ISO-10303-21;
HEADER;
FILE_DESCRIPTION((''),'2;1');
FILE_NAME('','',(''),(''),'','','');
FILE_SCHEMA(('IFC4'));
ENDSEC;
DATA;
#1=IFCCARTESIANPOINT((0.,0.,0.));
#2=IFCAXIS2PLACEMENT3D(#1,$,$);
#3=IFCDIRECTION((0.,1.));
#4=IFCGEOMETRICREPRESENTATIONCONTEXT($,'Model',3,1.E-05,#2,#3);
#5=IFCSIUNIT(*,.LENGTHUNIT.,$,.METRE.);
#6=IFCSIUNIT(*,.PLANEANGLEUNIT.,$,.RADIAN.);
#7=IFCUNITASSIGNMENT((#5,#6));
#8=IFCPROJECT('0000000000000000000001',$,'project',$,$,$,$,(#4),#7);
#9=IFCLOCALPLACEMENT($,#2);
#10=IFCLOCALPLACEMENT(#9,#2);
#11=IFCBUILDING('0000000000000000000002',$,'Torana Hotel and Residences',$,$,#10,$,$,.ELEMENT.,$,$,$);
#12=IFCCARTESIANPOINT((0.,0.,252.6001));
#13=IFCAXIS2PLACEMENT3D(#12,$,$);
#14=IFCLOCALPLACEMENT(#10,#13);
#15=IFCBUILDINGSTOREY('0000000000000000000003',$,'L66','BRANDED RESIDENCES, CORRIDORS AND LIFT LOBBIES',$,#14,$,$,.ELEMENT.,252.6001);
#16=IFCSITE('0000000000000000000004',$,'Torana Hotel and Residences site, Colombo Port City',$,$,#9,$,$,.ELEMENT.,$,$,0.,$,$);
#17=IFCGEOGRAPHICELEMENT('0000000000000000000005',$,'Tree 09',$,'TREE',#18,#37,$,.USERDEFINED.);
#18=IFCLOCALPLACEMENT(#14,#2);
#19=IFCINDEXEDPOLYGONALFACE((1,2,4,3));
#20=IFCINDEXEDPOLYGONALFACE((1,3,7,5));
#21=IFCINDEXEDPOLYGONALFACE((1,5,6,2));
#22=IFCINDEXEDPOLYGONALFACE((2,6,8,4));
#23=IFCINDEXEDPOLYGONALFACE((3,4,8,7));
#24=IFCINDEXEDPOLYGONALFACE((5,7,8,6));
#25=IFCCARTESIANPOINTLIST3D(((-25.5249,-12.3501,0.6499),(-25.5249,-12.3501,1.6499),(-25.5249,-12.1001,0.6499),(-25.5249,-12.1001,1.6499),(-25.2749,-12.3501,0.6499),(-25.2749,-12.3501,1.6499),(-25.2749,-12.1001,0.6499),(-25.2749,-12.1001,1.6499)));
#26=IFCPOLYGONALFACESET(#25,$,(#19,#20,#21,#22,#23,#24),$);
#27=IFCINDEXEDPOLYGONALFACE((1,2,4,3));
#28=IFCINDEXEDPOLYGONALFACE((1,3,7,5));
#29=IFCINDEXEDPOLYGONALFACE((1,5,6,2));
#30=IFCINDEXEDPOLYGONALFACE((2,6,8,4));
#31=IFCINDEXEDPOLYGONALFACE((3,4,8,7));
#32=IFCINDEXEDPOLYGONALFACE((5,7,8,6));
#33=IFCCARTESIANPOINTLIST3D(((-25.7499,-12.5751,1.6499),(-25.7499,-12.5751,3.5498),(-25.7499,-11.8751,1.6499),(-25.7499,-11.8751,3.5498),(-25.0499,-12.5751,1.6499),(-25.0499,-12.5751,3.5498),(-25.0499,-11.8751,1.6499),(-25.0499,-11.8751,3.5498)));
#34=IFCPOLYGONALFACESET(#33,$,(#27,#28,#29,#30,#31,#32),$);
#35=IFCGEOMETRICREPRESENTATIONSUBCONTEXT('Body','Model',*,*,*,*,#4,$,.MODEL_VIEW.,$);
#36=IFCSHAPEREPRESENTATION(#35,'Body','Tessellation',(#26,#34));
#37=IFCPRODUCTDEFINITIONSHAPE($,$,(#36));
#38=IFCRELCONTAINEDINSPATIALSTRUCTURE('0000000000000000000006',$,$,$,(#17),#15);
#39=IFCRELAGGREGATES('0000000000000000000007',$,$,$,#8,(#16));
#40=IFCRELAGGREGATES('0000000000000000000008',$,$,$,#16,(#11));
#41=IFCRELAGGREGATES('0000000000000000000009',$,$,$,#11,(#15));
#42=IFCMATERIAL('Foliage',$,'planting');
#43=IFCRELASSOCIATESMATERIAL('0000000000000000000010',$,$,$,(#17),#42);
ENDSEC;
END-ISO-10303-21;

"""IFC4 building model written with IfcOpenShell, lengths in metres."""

from ifc_helpers import new_model, si_unit, direction, frame, origin, origin_2d, place, context, subcontext, project, spatial, rectangle, extrude, material, element, save


model = new_model("IFC4")

# Units and contexts
model_context = context("Model", 3, precision=1e-05, world=origin(), true_north=direction((0.0, 1.0)))
body_context = subcontext(model_context, "Body", "Model", "MODEL_VIEW")
ifc_project = project(units=[si_unit("LENGTHUNIT", "METRE"), si_unit("PLANEANGLEUNIT", "RADIAN")], contexts=[model_context])

# Site, building, storey
site_placement = place(None, origin())
site = spatial("IfcSite", under=ifc_project, at=site_placement, Name="Torana Hotel and Residences site, Colombo Port City", CompositionType="ELEMENT", RefElevation=0.0)
building_placement = place(site_placement, origin())
building = spatial("IfcBuilding", under=site, at=building_placement, Name="Torana Hotel and Residences", CompositionType="ELEMENT")
storey_placement = place(building_placement, frame((0.0, 0.0, 252.6001)))
storey = spatial("IfcBuildingStorey", under=building, at=storey_placement, Name="L66", Description="BRANDED RESIDENCES, CORRIDORS AND LIFT LOBBIES", CompositionType="ELEMENT", Elevation=252.6001)

# Geographic element
ifc_material_1 = material(Name="Foliage", Category="planting")
geographic_element_placement = place(storey_placement, frame((-25.3999, -12.2251, 0.6499), z_axis=(0.0, 0.0, 1.0), x_axis=(1.0, 0.0, 0.0)))
element("IfcGeographicElement", 1, at=geographic_element_placement, inside=storey, material=ifc_material_1, Name="Tree 09", ObjectType="TREE", PredefinedType="USERDEFINED", context=body_context, shape_type="SweptSolid", body=[
    extrude(rectangle(XDim=0.25, YDim=0.25, at=origin_2d()), origin(), (0.0, 0.0, 1.0), 1.0),
    extrude(rectangle(XDim=0.7, YDim=0.7, at=origin_2d()), frame((0.0, 0.0, 1.0)), (0.0, 0.0, 1.0), 1.8999),
])

save(model, "model.ifc")
